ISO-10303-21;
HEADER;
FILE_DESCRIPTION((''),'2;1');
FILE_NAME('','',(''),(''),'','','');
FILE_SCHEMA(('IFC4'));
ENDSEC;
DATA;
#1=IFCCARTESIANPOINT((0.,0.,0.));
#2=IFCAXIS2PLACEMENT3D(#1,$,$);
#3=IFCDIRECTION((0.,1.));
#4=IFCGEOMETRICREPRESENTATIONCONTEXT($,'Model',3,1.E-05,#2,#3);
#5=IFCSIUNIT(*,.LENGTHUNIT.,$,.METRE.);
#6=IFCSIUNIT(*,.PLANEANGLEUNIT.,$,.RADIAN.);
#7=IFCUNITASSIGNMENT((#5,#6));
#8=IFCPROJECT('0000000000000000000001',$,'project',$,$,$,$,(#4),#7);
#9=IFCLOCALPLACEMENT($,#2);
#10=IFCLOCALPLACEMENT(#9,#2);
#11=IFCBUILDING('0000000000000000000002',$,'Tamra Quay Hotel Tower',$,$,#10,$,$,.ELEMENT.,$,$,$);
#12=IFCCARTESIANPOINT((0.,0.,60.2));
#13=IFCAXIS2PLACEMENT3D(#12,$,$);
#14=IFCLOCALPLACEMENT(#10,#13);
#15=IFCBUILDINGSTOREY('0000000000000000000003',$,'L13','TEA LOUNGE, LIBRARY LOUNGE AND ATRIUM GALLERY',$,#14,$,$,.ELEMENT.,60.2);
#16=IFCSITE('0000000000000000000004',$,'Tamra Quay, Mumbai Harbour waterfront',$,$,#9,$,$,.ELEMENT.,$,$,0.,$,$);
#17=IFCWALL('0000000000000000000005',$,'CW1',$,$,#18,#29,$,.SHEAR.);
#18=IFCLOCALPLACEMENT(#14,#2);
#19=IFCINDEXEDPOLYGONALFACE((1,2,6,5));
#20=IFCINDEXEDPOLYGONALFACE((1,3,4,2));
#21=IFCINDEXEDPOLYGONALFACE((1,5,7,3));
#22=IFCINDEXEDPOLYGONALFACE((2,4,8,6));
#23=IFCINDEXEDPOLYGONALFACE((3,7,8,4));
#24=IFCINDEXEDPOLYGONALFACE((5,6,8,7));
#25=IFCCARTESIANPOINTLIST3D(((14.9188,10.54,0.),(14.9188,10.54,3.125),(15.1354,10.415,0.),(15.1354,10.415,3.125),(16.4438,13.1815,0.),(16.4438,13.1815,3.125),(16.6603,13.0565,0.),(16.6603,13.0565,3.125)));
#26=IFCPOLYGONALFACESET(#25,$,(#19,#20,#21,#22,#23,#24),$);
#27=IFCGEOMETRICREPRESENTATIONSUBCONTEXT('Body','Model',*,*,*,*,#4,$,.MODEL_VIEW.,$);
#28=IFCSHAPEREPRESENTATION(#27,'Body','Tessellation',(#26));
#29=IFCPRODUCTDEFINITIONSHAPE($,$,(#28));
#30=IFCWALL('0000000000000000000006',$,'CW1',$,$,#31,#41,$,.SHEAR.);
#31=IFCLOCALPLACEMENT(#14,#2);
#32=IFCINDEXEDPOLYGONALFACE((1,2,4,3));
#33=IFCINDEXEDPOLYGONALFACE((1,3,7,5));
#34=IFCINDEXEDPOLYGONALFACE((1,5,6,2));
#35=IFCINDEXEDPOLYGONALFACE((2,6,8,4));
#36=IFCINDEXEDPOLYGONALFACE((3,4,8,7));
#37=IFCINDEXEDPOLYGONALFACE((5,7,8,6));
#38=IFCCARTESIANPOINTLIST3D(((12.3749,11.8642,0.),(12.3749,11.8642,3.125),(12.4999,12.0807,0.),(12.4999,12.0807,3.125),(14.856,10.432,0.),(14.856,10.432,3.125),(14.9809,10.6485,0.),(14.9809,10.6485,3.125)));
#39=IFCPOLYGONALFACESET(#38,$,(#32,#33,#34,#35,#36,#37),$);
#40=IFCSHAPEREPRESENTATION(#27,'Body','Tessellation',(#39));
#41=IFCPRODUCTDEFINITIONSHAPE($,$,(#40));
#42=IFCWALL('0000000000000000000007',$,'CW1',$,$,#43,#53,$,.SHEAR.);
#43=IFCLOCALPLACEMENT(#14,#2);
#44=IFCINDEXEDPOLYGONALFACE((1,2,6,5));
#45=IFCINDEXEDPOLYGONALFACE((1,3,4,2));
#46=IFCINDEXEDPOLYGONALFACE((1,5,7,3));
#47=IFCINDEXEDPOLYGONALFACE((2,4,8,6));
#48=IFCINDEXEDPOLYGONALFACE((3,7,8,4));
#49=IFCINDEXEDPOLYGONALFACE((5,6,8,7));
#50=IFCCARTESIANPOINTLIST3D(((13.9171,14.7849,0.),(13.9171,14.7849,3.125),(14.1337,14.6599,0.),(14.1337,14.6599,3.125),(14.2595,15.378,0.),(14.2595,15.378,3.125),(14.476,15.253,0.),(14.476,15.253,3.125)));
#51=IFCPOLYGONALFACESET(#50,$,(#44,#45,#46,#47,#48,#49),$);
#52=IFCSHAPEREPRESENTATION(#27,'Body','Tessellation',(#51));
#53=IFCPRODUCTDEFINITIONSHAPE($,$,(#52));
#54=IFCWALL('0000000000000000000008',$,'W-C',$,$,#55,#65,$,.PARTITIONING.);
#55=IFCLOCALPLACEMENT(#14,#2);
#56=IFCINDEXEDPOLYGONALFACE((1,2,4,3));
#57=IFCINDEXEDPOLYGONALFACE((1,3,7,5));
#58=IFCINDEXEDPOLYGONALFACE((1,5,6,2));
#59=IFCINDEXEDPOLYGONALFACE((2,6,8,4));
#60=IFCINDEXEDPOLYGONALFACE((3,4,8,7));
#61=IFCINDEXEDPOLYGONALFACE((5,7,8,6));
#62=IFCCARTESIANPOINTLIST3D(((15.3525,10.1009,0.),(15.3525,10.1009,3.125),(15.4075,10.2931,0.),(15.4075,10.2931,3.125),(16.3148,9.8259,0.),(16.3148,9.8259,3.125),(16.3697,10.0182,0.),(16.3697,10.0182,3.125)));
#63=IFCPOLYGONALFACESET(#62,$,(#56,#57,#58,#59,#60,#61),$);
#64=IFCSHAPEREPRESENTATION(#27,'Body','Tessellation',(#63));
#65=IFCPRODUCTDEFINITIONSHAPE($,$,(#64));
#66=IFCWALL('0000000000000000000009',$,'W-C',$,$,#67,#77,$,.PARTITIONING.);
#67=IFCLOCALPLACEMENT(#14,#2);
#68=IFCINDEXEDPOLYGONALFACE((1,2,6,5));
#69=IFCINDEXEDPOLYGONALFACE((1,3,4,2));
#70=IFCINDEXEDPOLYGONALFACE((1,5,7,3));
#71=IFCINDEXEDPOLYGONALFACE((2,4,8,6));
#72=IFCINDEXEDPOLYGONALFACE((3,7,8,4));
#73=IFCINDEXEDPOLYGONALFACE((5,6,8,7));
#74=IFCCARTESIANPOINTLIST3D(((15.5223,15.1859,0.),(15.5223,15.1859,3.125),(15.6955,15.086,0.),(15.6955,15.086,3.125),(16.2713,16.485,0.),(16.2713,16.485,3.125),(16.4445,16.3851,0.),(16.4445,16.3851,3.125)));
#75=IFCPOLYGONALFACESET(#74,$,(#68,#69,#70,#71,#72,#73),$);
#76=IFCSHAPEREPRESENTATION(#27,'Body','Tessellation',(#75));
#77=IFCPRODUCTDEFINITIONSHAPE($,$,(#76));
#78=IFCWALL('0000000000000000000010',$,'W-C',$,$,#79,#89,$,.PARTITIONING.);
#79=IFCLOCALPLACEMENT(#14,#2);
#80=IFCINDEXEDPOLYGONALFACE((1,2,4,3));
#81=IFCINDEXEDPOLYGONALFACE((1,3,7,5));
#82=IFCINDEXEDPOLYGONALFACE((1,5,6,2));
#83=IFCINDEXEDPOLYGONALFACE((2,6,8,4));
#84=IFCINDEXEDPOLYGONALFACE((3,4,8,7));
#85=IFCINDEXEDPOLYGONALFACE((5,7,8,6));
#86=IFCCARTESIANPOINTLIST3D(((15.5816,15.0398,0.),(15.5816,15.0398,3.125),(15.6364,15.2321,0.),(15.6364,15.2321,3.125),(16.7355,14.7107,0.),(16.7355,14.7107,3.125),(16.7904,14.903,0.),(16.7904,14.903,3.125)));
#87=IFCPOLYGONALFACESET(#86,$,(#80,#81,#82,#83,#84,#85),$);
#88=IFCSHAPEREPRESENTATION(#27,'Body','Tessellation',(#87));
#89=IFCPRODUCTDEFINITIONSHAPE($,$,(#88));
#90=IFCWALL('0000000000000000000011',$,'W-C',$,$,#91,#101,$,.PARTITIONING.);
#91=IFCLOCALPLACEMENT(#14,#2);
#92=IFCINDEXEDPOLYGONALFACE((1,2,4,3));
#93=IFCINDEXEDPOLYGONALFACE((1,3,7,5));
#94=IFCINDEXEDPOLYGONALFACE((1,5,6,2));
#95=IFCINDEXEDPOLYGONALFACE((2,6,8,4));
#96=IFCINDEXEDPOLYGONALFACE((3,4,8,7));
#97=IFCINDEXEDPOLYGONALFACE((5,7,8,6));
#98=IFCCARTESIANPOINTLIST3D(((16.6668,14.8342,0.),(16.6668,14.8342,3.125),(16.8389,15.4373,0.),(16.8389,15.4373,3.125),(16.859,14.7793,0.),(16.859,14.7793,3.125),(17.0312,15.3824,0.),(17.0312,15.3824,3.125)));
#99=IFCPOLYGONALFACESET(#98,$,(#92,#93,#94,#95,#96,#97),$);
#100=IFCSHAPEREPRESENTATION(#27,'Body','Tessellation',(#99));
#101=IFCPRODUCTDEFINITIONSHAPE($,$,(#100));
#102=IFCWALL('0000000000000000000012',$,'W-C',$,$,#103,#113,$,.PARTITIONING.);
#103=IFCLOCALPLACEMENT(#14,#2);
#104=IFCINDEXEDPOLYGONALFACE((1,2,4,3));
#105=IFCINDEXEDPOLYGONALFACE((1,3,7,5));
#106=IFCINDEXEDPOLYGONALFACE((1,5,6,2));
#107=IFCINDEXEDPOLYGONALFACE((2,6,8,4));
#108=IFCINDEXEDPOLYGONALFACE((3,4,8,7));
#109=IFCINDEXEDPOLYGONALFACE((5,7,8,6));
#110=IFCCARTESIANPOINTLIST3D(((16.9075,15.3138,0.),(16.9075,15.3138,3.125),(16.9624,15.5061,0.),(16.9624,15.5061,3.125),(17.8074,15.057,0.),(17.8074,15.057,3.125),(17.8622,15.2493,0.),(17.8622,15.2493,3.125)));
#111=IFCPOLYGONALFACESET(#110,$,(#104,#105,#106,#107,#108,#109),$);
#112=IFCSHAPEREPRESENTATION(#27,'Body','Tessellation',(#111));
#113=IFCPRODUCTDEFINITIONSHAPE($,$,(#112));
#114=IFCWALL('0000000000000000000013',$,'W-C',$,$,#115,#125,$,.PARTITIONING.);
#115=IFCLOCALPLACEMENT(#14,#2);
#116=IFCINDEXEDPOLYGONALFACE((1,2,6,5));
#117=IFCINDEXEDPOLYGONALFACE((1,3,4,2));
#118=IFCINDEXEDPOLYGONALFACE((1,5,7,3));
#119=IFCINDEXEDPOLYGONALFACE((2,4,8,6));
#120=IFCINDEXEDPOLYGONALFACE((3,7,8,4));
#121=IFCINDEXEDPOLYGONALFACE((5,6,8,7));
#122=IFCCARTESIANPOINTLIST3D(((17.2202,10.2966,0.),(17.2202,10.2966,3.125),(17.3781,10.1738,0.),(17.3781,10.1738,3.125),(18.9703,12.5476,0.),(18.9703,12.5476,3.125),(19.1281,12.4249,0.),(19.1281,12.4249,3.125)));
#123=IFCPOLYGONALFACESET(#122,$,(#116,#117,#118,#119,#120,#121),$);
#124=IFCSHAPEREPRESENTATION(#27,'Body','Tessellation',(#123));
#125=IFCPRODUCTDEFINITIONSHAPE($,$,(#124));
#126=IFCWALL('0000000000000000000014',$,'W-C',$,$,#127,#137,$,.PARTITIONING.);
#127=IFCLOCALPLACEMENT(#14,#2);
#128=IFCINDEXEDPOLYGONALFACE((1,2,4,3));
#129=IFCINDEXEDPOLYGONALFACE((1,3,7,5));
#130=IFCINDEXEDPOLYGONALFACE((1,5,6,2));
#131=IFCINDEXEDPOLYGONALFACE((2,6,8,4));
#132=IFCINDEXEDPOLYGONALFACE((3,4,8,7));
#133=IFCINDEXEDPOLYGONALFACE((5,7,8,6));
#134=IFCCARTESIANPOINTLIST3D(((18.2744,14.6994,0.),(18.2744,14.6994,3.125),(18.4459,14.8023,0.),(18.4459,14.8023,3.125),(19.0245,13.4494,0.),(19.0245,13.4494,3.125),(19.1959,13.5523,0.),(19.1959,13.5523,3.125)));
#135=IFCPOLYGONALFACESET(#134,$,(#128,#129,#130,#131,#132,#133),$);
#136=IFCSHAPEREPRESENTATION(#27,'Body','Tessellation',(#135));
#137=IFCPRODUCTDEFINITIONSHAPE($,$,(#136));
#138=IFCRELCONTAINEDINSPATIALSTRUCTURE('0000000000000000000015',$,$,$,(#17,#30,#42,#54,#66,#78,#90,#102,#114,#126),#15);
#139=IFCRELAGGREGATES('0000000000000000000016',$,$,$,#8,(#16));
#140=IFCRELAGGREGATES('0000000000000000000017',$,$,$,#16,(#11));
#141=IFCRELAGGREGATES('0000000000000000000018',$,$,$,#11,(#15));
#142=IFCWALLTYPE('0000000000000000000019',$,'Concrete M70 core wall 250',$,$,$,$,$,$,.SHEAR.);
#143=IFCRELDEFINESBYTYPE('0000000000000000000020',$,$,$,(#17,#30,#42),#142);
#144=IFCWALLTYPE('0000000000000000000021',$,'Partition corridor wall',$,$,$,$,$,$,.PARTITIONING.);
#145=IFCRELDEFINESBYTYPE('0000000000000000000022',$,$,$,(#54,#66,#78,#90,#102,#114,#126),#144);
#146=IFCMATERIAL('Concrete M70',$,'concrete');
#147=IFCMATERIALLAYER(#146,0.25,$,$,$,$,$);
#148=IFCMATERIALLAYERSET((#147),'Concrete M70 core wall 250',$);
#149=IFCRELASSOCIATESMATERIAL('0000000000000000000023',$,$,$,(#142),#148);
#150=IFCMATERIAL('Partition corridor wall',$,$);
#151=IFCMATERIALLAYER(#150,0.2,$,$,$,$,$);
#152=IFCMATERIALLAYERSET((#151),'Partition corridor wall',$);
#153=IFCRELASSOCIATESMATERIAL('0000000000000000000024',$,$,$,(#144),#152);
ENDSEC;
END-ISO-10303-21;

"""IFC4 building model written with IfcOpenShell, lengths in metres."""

from ifc_helpers import new_model, si_unit, direction, frame, frame_2d, origin, place, context, subcontext, project, spatial, rectangle, extrude, material, layer, layer_set, type_object, element, save


model = new_model("IFC4")

# Units and contexts
model_context = context("Model", 3, precision=1e-05, world=origin(), true_north=direction((0.0, 1.0)))
body_context = subcontext(model_context, "Body", "Model", "MODEL_VIEW")
ifc_project = project(units=[si_unit("LENGTHUNIT", "METRE"), si_unit("PLANEANGLEUNIT", "RADIAN")], contexts=[model_context])

# Site, building, storey
site_placement = place(None, origin())
site = spatial("IfcSite", under=ifc_project, at=site_placement, Name="Tamra Quay, Mumbai Harbour waterfront", CompositionType="ELEMENT", RefElevation=0.0)
building_placement = place(site_placement, origin())
building = spatial("IfcBuilding", under=site, at=building_placement, Name="Tamra Quay Hotel Tower", CompositionType="ELEMENT")
storey_placement = place(building_placement, frame((0.0, 0.0, 60.2)))
storey = spatial("IfcBuildingStorey", under=building, at=storey_placement, Name="L13", Description="TEA LOUNGE, LIBRARY LOUNGE AND ATRIUM GALLERY", CompositionType="ELEMENT", Elevation=60.2)

# Shared definitions
ifc_material_1 = material(Name="Concrete M70", Category="concrete")

# Walls
ifc_layer_1 = layer(ifc_material_1, 0.25)
ifc_layer_set_1 = layer_set([ifc_layer_1], Name="Concrete M70 core wall 250")
wall_type_1 = type_object("IfcWallType", Name="Concrete M70 core wall 250", PredefinedType="SHEAR", material=ifc_layer_set_1)
wall_1_placement = place(storey_placement, frame((16.552, 13.1189, 0.0), z_axis=(0.0, 0.0, 1.0), x_axis=(-0.499979, -0.866038, 0.0)))
element("IfcWall", 1, at=wall_1_placement, inside=storey, type_object=wall_type_1, Name="CW1", PredefinedType="SHEAR", context=body_context, shape_type="SweptSolid", body=[
    extrude(rectangle(XDim=3.05, YDim=0.25, at=frame_2d((1.5249, 0.0))), origin(), (0.0, 0.0, 1.0), 3.125),
])
wall_2_placement = place(storey_placement, frame((14.9185, 10.5403, 0.0), z_axis=(0.0, 0.0, 1.0), x_axis=(-0.866064, 0.499934, 0.0)))
element("IfcWall", 2, at=wall_2_placement, inside=storey, type_object=wall_type_1, Name="CW1", PredefinedType="SHEAR", context=body_context, shape_type="SweptSolid", body=[
    extrude(rectangle(XDim=2.8647, YDim=0.25, at=frame_2d((1.4324, 0.0))), origin(), (0.0, 0.0, 1.0), 3.125),
])
wall_3_placement = place(storey_placement, frame((14.3677, 15.3154, 0.0), z_axis=(0.0, 0.0, 1.0), x_axis=(-0.499897, -0.866085, 0.0)))
element("IfcWall", 3, at=wall_3_placement, inside=storey, type_object=wall_type_1, Name="CW1", PredefinedType="SHEAR", context=body_context, shape_type="SweptSolid", body=[
    extrude(rectangle(XDim=0.6848, YDim=0.25, at=frame_2d((0.3423, 0.0))), origin(), (0.0, 0.0, 1.0), 3.125),
])
ifc_material_2 = material(Name="Partition corridor wall")
ifc_layer_2 = layer(ifc_material_2, 0.2)
ifc_layer_set_2 = layer_set([ifc_layer_2], Name="Partition corridor wall")
wall_type_2 = type_object("IfcWallType", Name="Partition corridor wall", PredefinedType="PARTITIONING", material=ifc_layer_set_2)
wall_4_placement = place(storey_placement, frame((15.3799, 10.197, 0.0), z_axis=(0.0, 0.0, 1.0), x_axis=(0.961524, -0.274721, 0.0)))
element("IfcWall", 4, at=wall_4_placement, inside=storey, type_object=wall_type_2, Name="W-C", PredefinedType="PARTITIONING", context=body_context, shape_type="SweptSolid", body=[
    extrude(rectangle(XDim=1.0007, YDim=0.2, at=frame_2d((0.5005, 0.0))), origin(), (0.0, 0.0, 1.0), 3.125),
])
wall_5_placement = place(storey_placement, frame((15.6089, 15.136, 0.0), z_axis=(0.0, 0.0, 1.0), x_axis=(0.499502, 0.866313, 0.0)))
element("IfcWall", 5, at=wall_5_placement, inside=storey, type_object=wall_type_2, Name="W-C", PredefinedType="PARTITIONING", context=body_context, shape_type="SweptSolid", body=[
    extrude(rectangle(XDim=1.4995, YDim=0.2, at=frame_2d((0.7498, 0.0))), origin(), (0.0, 0.0, 1.0), 3.125),
])
wall_6_placement = place(storey_placement, frame((15.6089, 15.136, 0.0), z_axis=(0.0, 0.0, 1.0), x_axis=(0.961662, -0.274237, 0.0)))
element("IfcWall", 6, at=wall_6_placement, inside=storey, type_object=wall_type_2, Name="W-C", PredefinedType="PARTITIONING", context=body_context, shape_type="SweptSolid", body=[
    extrude(rectangle(XDim=1.2, YDim=0.2, at=frame_2d((0.6001, 0.0))), origin(), (0.0, 0.0, 1.0), 3.125),
])
wall_7_placement = place(storey_placement, frame((16.7629, 14.8069, 0.0), z_axis=(0.0, 0.0, 1.0), x_axis=(0.274464, 0.961597, 0.0)))
element("IfcWall", 7, at=wall_7_placement, inside=storey, type_object=wall_type_2, Name="W-C", PredefinedType="PARTITIONING", context=body_context, shape_type="SweptSolid", body=[
    extrude(rectangle(XDim=0.6272, YDim=0.2, at=frame_2d((0.3135, 0.0))), origin(), (0.0, 0.0, 1.0), 3.125),
])
wall_8_placement = place(storey_placement, frame((16.9351, 15.4099, 0.0), z_axis=(0.0, 0.0, 1.0), x_axis=(0.961603, -0.274445, 0.0)))
element("IfcWall", 8, at=wall_8_placement, inside=storey, type_object=wall_type_2, Name="W-C", PredefinedType="PARTITIONING", context=body_context, shape_type="SweptSolid", body=[
    extrude(rectangle(XDim=0.9358, YDim=0.2, at=frame_2d((0.4678, 0.0))), origin(), (0.0, 0.0, 1.0), 3.125),
])
wall_9_placement = place(storey_placement, frame((17.2991, 10.2351, 0.0), z_axis=(0.0, 0.0, 1.0), x_axis=(0.613775, 0.789481, 0.0)))
element("IfcWall", 9, at=wall_9_placement, inside=storey, type_object=wall_type_2, Name="W-C", PredefinedType="PARTITIONING", context=body_context, shape_type="SweptSolid", body=[
    extrude(rectangle(XDim=2.8513, YDim=0.2, at=frame_2d((1.4258, 0.0))), origin(), (0.0, 0.0, 1.0), 3.125),
])
wall_10_placement = place(storey_placement, frame((18.3601, 14.751, 0.0), z_axis=(0.0, 0.0, 1.0), x_axis=(0.514496, -0.857493, 0.0)))
element("IfcWall", 10, at=wall_10_placement, inside=storey, type_object=wall_type_2, Name="W-C", PredefinedType="PARTITIONING", context=body_context, shape_type="SweptSolid", body=[
    extrude(rectangle(XDim=1.4578, YDim=0.2, at=frame_2d((0.729, 0.0))), origin(), (0.0, 0.0, 1.0), 3.125),
])

save(model, "model.ifc")
